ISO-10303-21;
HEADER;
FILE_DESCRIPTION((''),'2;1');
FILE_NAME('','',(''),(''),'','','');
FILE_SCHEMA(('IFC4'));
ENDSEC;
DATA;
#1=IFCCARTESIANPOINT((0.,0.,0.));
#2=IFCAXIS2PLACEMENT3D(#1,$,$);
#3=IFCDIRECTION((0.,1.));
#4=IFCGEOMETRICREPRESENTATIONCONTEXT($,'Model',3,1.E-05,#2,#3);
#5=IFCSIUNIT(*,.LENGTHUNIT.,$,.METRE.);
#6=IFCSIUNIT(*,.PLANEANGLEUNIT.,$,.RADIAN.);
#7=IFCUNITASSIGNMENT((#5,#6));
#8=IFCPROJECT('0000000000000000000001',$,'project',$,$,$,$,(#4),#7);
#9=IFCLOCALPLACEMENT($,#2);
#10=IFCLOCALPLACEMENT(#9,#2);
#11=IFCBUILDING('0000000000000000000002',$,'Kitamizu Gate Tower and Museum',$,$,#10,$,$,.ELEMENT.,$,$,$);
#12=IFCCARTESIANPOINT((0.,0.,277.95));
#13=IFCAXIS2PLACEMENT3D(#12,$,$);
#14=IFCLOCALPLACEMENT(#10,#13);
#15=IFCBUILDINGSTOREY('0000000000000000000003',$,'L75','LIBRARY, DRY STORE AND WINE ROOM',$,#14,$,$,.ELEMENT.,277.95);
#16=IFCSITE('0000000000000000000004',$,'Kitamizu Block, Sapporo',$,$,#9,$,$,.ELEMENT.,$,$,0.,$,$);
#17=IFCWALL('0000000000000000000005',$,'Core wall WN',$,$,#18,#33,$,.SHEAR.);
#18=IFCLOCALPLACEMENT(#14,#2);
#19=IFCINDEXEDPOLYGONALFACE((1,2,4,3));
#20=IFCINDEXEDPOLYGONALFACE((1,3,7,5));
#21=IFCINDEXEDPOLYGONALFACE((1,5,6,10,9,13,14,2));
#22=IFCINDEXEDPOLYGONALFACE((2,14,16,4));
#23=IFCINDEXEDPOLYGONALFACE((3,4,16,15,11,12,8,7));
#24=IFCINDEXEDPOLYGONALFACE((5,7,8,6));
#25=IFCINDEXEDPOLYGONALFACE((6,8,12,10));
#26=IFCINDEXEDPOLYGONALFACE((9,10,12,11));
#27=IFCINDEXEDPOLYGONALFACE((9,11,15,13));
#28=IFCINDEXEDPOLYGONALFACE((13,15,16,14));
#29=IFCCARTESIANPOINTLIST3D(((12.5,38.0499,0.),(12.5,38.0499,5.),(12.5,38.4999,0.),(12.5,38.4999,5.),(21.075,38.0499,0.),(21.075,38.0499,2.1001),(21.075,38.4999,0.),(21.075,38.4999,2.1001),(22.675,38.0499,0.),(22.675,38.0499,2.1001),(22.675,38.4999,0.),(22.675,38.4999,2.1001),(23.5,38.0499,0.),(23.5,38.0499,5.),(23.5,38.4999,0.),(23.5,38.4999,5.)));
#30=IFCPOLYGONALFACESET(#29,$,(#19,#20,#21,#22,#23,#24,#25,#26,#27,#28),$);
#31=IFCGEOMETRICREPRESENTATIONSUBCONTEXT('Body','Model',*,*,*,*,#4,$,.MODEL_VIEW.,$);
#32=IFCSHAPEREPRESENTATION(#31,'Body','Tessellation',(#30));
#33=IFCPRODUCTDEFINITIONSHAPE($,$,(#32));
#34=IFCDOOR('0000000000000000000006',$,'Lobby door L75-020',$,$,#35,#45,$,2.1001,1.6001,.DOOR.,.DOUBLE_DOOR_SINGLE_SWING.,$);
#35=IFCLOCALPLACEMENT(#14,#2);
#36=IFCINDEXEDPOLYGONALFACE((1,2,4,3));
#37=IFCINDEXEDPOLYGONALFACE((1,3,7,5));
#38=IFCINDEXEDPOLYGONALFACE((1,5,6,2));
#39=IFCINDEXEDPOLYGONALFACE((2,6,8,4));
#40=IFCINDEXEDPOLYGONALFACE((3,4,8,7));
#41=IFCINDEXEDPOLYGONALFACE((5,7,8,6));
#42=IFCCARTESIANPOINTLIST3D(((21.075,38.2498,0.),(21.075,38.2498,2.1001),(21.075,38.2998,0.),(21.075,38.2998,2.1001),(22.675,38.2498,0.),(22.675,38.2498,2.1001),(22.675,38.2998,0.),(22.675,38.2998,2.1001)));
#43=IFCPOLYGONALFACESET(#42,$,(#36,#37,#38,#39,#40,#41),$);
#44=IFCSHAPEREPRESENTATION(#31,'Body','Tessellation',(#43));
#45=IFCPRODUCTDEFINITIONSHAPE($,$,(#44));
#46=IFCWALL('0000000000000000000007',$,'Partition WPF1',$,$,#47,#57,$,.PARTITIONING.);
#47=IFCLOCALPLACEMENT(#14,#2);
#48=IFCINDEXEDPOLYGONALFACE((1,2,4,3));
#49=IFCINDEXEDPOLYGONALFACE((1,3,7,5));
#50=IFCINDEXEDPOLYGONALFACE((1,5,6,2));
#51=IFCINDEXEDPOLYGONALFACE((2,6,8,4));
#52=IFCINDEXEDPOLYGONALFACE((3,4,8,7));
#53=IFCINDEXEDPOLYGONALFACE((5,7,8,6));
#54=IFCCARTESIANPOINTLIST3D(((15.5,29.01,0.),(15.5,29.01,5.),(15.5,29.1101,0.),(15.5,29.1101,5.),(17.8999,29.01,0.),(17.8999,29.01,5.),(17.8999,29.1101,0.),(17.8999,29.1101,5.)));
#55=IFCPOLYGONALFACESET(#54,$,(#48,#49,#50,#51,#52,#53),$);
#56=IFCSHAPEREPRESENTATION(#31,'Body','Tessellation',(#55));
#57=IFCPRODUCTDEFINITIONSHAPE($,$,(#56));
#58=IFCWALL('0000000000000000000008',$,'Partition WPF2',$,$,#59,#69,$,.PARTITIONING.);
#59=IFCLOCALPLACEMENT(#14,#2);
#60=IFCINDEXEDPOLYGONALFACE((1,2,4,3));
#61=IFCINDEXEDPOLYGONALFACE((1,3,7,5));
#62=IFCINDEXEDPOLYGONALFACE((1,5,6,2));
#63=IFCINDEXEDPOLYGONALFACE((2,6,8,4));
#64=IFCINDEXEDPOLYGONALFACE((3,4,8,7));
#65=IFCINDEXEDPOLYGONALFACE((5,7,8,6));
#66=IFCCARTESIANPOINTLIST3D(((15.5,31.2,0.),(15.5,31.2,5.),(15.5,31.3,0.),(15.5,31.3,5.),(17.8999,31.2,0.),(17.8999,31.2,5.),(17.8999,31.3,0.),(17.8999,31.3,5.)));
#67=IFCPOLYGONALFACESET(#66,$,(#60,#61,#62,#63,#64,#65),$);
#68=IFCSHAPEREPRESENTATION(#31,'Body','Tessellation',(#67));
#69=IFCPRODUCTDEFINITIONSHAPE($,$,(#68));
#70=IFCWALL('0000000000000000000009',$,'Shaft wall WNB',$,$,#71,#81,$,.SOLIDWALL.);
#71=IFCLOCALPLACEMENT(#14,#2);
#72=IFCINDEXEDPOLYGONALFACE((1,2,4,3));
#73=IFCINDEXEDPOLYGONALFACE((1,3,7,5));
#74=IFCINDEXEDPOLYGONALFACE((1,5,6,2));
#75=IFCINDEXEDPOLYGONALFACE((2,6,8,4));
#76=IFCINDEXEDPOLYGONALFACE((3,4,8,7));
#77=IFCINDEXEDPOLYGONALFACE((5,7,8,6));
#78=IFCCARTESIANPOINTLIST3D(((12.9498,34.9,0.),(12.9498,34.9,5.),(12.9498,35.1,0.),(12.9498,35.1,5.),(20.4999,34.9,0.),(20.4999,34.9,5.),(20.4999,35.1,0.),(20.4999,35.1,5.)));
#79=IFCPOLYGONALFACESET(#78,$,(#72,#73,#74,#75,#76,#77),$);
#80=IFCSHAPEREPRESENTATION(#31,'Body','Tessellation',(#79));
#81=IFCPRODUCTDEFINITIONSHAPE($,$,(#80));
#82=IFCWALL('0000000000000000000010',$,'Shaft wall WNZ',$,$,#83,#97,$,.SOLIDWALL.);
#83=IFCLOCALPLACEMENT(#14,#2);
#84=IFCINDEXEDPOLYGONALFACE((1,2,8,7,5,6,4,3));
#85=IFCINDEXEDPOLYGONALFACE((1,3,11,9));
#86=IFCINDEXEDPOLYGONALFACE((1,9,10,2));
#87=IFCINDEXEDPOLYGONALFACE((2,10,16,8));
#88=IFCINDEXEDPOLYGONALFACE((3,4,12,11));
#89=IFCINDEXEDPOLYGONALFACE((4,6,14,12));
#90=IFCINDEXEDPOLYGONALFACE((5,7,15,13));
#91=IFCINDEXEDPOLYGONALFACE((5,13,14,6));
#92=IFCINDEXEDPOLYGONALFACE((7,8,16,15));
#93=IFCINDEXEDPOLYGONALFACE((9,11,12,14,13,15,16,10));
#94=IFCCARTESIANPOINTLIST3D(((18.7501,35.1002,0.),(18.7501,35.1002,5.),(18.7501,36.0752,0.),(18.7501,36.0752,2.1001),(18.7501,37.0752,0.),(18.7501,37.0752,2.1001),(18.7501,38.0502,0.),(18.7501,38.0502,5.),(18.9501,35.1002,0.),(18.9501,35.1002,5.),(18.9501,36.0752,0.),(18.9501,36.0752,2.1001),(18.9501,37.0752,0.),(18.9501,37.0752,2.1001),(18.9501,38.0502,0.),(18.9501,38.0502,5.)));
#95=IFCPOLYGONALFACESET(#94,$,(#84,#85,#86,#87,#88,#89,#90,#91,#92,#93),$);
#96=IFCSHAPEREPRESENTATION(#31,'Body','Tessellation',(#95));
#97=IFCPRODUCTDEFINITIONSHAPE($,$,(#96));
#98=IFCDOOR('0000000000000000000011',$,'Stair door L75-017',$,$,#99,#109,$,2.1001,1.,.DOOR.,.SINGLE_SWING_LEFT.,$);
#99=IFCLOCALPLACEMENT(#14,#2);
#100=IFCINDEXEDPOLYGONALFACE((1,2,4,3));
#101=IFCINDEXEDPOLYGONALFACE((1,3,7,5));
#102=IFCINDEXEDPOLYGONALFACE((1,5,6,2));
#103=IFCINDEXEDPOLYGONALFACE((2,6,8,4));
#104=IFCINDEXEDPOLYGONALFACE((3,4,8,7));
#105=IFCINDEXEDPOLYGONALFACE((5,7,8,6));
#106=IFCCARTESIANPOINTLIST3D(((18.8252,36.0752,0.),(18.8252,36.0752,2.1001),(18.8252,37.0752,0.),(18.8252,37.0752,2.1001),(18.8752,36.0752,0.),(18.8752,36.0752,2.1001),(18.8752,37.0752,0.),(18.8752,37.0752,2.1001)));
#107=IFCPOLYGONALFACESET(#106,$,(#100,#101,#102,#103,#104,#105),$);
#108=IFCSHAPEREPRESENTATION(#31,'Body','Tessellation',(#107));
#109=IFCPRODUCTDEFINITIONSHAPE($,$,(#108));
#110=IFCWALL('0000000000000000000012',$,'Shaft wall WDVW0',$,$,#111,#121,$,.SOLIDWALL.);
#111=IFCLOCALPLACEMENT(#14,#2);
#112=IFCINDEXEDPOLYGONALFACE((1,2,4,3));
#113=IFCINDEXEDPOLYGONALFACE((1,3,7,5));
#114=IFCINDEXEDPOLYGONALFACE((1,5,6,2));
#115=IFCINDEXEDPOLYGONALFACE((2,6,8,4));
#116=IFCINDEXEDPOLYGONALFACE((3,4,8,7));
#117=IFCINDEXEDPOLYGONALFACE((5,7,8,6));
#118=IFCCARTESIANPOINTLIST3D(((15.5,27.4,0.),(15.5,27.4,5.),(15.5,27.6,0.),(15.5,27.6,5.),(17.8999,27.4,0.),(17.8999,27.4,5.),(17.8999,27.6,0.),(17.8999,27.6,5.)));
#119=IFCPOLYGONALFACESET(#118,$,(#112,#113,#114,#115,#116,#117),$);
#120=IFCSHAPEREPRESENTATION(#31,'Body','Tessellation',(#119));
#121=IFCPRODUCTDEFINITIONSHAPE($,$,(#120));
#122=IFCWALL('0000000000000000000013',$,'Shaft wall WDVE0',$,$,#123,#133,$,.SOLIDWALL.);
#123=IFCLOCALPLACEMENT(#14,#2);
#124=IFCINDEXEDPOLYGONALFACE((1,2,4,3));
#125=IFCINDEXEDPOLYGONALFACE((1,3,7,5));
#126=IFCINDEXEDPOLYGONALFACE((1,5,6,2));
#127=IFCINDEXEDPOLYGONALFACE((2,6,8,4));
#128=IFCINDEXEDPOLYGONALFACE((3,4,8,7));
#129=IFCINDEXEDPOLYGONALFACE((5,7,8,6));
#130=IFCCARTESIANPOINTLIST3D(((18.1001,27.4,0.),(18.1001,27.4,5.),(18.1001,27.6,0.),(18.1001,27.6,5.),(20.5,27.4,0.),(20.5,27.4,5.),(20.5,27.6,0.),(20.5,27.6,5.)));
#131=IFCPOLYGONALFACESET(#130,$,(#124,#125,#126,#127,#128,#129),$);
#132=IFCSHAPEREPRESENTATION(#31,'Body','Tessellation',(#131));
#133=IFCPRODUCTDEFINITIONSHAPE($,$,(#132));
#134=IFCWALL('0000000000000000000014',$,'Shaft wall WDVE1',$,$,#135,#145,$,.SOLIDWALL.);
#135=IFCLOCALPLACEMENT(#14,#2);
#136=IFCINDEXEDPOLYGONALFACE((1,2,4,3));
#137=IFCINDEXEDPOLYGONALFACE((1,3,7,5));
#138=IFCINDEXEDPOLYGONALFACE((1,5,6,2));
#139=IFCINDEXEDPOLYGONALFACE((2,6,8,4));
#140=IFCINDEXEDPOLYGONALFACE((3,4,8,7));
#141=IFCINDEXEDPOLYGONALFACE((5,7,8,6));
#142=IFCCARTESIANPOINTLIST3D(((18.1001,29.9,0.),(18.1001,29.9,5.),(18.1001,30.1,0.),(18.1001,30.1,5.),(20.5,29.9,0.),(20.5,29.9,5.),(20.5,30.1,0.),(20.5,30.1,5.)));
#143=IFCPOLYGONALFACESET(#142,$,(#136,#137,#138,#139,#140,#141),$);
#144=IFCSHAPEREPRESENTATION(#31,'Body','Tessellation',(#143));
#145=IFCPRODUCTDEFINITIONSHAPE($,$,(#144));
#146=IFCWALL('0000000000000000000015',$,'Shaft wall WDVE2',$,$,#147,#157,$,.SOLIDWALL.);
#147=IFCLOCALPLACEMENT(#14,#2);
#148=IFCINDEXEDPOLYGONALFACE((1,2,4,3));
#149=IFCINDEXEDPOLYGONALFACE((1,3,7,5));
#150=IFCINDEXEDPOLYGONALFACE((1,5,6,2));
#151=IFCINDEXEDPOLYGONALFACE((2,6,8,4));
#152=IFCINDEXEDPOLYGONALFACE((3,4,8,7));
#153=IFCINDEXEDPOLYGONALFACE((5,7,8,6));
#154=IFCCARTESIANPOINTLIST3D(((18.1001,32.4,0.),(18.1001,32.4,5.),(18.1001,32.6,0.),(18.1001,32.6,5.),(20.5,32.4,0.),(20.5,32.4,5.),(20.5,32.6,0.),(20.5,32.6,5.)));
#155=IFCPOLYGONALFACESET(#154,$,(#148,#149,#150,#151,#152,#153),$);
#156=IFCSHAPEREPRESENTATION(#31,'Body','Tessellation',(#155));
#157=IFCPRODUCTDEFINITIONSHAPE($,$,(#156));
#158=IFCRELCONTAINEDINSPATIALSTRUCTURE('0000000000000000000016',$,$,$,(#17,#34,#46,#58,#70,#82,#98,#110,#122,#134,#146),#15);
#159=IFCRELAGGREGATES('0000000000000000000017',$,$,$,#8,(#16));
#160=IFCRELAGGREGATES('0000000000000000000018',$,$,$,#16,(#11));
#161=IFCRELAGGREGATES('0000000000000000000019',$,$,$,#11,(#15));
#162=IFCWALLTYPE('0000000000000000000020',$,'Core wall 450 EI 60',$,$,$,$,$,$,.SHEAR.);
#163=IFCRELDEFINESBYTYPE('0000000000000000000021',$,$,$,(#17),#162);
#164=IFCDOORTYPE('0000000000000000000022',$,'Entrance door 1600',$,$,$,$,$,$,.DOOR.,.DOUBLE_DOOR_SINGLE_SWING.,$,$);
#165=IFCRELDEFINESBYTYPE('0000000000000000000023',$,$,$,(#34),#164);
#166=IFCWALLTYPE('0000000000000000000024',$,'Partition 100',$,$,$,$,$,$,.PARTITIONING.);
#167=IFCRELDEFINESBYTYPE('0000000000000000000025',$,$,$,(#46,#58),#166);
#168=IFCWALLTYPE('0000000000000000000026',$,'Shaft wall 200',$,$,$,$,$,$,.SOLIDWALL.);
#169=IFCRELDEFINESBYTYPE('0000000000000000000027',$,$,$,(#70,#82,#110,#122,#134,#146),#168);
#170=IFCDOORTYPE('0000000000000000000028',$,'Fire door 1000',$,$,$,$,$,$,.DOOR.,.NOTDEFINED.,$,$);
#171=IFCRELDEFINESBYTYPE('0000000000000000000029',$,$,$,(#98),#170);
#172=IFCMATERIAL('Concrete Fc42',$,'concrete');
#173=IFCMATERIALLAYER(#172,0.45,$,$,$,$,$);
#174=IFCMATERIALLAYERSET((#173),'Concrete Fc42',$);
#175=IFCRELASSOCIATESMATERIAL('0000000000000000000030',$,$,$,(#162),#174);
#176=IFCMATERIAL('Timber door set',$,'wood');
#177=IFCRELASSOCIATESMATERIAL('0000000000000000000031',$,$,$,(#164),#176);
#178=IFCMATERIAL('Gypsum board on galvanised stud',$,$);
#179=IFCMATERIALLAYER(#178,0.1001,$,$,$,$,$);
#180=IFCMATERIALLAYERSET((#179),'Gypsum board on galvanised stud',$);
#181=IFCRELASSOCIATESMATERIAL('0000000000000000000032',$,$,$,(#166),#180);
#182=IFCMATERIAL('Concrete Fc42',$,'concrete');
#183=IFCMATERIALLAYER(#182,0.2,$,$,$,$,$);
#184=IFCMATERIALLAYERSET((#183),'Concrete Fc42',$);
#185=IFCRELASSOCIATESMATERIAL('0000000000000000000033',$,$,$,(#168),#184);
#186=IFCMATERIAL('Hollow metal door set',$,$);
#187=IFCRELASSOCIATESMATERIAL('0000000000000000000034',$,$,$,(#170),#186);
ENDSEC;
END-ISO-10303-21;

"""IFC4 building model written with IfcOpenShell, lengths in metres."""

from ifc_helpers import new_model, si_unit, direction, frame, frame_2d, origin, place, context, subcontext, project, spatial, rectangle, extrude, material, layer, layer_set, type_object, element, fill, save


model = new_model("IFC4")

# Units and contexts
model_context = context("Model", 3, precision=1e-05, world=origin(), true_north=direction((0.0, 1.0)))
body_context = subcontext(model_context, "Body", "Model", "MODEL_VIEW")
ifc_project = project(units=[si_unit("LENGTHUNIT", "METRE"), si_unit("PLANEANGLEUNIT", "RADIAN")], contexts=[model_context])

# Site, building, storey
site_placement = place(None, origin())
site = spatial("IfcSite", under=ifc_project, at=site_placement, Name="Kitamizu Block, Sapporo", CompositionType="ELEMENT", RefElevation=0.0)
building_placement = place(site_placement, origin())
building = spatial("IfcBuilding", under=site, at=building_placement, Name="Kitamizu Gate Tower and Museum", CompositionType="ELEMENT")
storey_placement = place(building_placement, frame((0.0, 0.0, 277.95)))
storey = spatial("IfcBuildingStorey", under=building, at=storey_placement, Name="L75", Description="LIBRARY, DRY STORE AND WINE ROOM", CompositionType="ELEMENT", Elevation=277.95)

# Wall, opening, door
ifc_material_1 = material(Name="Concrete Fc42", Category="concrete")
ifc_layer_1 = layer(ifc_material_1, 0.45)
ifc_layer_set_1 = layer_set([ifc_layer_1], Name="Concrete Fc42")
wall_type_1 = type_object("IfcWallType", Name="Core wall 450 EI 60", PredefinedType="SHEAR", material=ifc_layer_set_1)
wall_1_placement = place(storey_placement, frame((12.5, 38.2749, 0.0), z_axis=(0.0, 0.0, 1.0), x_axis=(1.0, 0.0, 0.0)))
wall_1 = element("IfcWall", 1, at=wall_1_placement, inside=storey, type_object=wall_type_1, Name="Core wall WN", PredefinedType="SHEAR", context=body_context, shape_type="SweptSolid", body=[
    extrude(rectangle(XDim=11.0, YDim=0.45, at=frame_2d((5.5, 0.0))), origin(), (0.0, 0.0, 1.0), 5.0),
])
opening_1_placement = place(wall_1_placement, frame((8.575, 0.0, 0.0)))
opening_1 = element("IfcOpeningElement", 2, at=opening_1_placement, cuts=wall_1, PredefinedType="OPENING", context=body_context, shape_type="SweptSolid", body=[
    extrude(rectangle(XDim=1.6001, YDim=2.1001, at=frame_2d((0.8, 1.05))), frame((0.0, 0.2349, 0.0), z_axis=(0.0, -1.0, 0.0), x_axis=(1.0, 0.0, 0.0)), (0.0, 0.0, 1.0), 0.47),
])
ifc_material_2 = material(Name="Timber door set", Category="wood")
door_type_1 = type_object("IfcDoorType", Name="Entrance door 1600", OperationType="DOUBLE_DOOR_SINGLE_SWING", PredefinedType="DOOR", material=ifc_material_2)
door_1_placement = place(opening_1_placement, origin())
door_1 = element("IfcDoor", 3, at=door_1_placement, inside=storey, type_object=door_type_1, Name="Lobby door L75-020", OperationType="DOUBLE_DOOR_SINGLE_SWING", OverallHeight=2.1001, OverallWidth=1.6001, PredefinedType="DOOR", context=body_context, shape_type="SweptSolid", body=[
    extrude(rectangle(XDim=1.6001, YDim=2.1001, at=frame_2d((0.8, 1.05))), frame((0.0, 0.0249, 0.0), z_axis=(0.0, -1.0, 0.0), x_axis=(1.0, 0.0, 0.0)), (0.0, 0.0, 1.0), 0.05),
])
fill(opening_1, door_1)

# Walls
ifc_material_3 = material(Name="Gypsum board on galvanised stud")
ifc_layer_2 = layer(ifc_material_3, 0.1001)
ifc_layer_set_2 = layer_set([ifc_layer_2], Name="Gypsum board on galvanised stud")
wall_type_2 = type_object("IfcWallType", Name="Partition 100", PredefinedType="PARTITIONING", material=ifc_layer_set_2)
for number, where, z_axis, x_axis, name in (
    (4, (15.5, 29.0601, 0.0), (0.0, 0.0, 1.0), (1.0, 0.0, 0.0), "Partition WPF1"),
    (5, (15.5, 31.25, 0.0), (0.0, 0.0, 1.0), (1.0, 0.0, 0.0), "Partition WPF2"),
):
    element("IfcWall", number, at=place(storey_placement, frame(where, z_axis=z_axis, x_axis=x_axis)), inside=storey, type_object=wall_type_2, Name=name, PredefinedType="PARTITIONING", context=body_context, shape_type="SweptSolid", body=[
        extrude(rectangle(XDim=2.3999, YDim=0.1001, at=frame_2d((1.2, 0.0))), origin(), (0.0, 0.0, 1.0), 5.0),
    ])
ifc_material_4 = material(Name="Concrete Fc42", Category="concrete")
ifc_layer_3 = layer(ifc_material_4, 0.2)
ifc_layer_set_3 = layer_set([ifc_layer_3], Name="Concrete Fc42")
wall_type_3 = type_object("IfcWallType", Name="Shaft wall 200", PredefinedType="SOLIDWALL", material=ifc_layer_set_3)
wall_2_placement = place(storey_placement, frame((12.95, 35.0, 0.0), z_axis=(0.0, 0.0, 1.0), x_axis=(1.0, 0.0, 0.0)))
element("IfcWall", 6, at=wall_2_placement, inside=storey, type_object=wall_type_3, Name="Shaft wall WNB", PredefinedType="SOLIDWALL", context=body_context, shape_type="SweptSolid", body=[
    extrude(rectangle(XDim=7.55, YDim=0.2, at=frame_2d((3.7749, 0.0))), origin(), (0.0, 0.0, 1.0), 5.0),
])

# Wall, opening, door
wall_3_placement = place(storey_placement, frame((18.8501, 35.1001, 0.0), z_axis=(0.0, 0.0, 1.0), x_axis=(0.0, 1.0, 0.0)))
wall_3 = element("IfcWall", 7, at=wall_3_placement, inside=storey, type_object=wall_type_3, Name="Shaft wall WNZ", PredefinedType="SOLIDWALL", context=body_context, shape_type="SweptSolid", body=[
    extrude(rectangle(XDim=2.95, YDim=0.2, at=frame_2d((1.4751, 0.0))), origin(), (0.0, 0.0, 1.0), 5.0),
])
opening_2_placement = place(wall_3_placement, frame((0.9751, 0.0, 0.0)))
opening_2 = element("IfcOpeningElement", 8, at=opening_2_placement, cuts=wall_3, PredefinedType="OPENING", context=body_context, shape_type="SweptSolid", body=[
    extrude(rectangle(XDim=1.0, YDim=2.1001, at=frame_2d((0.5, 1.05))), frame((0.0, 0.1099, 0.0), z_axis=(0.0, -1.0, 0.0), x_axis=(1.0, 0.0, 0.0)), (0.0, 0.0, 1.0), 0.22),
])
ifc_material_5 = material(Name="Hollow metal door set")
door_type_2 = type_object("IfcDoorType", Name="Fire door 1000", OperationType="NOTDEFINED", PredefinedType="DOOR", material=ifc_material_5)
door_2_placement = place(opening_2_placement, origin())
door_2 = element("IfcDoor", 9, at=door_2_placement, inside=storey, type_object=door_type_2, Name="Stair door L75-017", OperationType="SINGLE_SWING_LEFT", OverallHeight=2.1001, OverallWidth=1.0, PredefinedType="DOOR", context=body_context, shape_type="SweptSolid", body=[
    extrude(rectangle(XDim=1.0, YDim=2.1001, at=frame_2d((0.5, 1.05))), frame((0.0, 0.0249, 0.0), z_axis=(0.0, -1.0, 0.0), x_axis=(1.0, 0.0, 0.0)), (0.0, 0.0, 1.0), 0.05),
])
fill(opening_2, door_2)

# Walls
for number, where, z_axis, x_axis, name in (
    (10, (15.5, 27.5, 0.0), (0.0, 0.0, 1.0), (1.0, 0.0, 0.0), "Shaft wall WDVW0"),
    (11, (18.1001, 27.5, 0.0), (0.0, 0.0, 1.0), (1.0, 0.0, 0.0), "Shaft wall WDVE0"),
    (12, (18.1001, 30.0, 0.0), (0.0, 0.0, 1.0), (1.0, 0.0, 0.0), "Shaft wall WDVE1"),
    (13, (18.1001, 32.5, 0.0), (0.0, 0.0, 1.0), (1.0, 0.0, 0.0), "Shaft wall WDVE2"),
):
    element("IfcWall", number, at=place(storey_placement, frame(where, z_axis=z_axis, x_axis=x_axis)), inside=storey, type_object=wall_type_3, Name=name, PredefinedType="SOLIDWALL", context=body_context, shape_type="SweptSolid", body=[
        extrude(rectangle(XDim=2.3999, YDim=0.2, at=frame_2d((1.2, 0.0))), origin(), (0.0, 0.0, 1.0), 5.0),
    ])

save(model, "model.ifc")
